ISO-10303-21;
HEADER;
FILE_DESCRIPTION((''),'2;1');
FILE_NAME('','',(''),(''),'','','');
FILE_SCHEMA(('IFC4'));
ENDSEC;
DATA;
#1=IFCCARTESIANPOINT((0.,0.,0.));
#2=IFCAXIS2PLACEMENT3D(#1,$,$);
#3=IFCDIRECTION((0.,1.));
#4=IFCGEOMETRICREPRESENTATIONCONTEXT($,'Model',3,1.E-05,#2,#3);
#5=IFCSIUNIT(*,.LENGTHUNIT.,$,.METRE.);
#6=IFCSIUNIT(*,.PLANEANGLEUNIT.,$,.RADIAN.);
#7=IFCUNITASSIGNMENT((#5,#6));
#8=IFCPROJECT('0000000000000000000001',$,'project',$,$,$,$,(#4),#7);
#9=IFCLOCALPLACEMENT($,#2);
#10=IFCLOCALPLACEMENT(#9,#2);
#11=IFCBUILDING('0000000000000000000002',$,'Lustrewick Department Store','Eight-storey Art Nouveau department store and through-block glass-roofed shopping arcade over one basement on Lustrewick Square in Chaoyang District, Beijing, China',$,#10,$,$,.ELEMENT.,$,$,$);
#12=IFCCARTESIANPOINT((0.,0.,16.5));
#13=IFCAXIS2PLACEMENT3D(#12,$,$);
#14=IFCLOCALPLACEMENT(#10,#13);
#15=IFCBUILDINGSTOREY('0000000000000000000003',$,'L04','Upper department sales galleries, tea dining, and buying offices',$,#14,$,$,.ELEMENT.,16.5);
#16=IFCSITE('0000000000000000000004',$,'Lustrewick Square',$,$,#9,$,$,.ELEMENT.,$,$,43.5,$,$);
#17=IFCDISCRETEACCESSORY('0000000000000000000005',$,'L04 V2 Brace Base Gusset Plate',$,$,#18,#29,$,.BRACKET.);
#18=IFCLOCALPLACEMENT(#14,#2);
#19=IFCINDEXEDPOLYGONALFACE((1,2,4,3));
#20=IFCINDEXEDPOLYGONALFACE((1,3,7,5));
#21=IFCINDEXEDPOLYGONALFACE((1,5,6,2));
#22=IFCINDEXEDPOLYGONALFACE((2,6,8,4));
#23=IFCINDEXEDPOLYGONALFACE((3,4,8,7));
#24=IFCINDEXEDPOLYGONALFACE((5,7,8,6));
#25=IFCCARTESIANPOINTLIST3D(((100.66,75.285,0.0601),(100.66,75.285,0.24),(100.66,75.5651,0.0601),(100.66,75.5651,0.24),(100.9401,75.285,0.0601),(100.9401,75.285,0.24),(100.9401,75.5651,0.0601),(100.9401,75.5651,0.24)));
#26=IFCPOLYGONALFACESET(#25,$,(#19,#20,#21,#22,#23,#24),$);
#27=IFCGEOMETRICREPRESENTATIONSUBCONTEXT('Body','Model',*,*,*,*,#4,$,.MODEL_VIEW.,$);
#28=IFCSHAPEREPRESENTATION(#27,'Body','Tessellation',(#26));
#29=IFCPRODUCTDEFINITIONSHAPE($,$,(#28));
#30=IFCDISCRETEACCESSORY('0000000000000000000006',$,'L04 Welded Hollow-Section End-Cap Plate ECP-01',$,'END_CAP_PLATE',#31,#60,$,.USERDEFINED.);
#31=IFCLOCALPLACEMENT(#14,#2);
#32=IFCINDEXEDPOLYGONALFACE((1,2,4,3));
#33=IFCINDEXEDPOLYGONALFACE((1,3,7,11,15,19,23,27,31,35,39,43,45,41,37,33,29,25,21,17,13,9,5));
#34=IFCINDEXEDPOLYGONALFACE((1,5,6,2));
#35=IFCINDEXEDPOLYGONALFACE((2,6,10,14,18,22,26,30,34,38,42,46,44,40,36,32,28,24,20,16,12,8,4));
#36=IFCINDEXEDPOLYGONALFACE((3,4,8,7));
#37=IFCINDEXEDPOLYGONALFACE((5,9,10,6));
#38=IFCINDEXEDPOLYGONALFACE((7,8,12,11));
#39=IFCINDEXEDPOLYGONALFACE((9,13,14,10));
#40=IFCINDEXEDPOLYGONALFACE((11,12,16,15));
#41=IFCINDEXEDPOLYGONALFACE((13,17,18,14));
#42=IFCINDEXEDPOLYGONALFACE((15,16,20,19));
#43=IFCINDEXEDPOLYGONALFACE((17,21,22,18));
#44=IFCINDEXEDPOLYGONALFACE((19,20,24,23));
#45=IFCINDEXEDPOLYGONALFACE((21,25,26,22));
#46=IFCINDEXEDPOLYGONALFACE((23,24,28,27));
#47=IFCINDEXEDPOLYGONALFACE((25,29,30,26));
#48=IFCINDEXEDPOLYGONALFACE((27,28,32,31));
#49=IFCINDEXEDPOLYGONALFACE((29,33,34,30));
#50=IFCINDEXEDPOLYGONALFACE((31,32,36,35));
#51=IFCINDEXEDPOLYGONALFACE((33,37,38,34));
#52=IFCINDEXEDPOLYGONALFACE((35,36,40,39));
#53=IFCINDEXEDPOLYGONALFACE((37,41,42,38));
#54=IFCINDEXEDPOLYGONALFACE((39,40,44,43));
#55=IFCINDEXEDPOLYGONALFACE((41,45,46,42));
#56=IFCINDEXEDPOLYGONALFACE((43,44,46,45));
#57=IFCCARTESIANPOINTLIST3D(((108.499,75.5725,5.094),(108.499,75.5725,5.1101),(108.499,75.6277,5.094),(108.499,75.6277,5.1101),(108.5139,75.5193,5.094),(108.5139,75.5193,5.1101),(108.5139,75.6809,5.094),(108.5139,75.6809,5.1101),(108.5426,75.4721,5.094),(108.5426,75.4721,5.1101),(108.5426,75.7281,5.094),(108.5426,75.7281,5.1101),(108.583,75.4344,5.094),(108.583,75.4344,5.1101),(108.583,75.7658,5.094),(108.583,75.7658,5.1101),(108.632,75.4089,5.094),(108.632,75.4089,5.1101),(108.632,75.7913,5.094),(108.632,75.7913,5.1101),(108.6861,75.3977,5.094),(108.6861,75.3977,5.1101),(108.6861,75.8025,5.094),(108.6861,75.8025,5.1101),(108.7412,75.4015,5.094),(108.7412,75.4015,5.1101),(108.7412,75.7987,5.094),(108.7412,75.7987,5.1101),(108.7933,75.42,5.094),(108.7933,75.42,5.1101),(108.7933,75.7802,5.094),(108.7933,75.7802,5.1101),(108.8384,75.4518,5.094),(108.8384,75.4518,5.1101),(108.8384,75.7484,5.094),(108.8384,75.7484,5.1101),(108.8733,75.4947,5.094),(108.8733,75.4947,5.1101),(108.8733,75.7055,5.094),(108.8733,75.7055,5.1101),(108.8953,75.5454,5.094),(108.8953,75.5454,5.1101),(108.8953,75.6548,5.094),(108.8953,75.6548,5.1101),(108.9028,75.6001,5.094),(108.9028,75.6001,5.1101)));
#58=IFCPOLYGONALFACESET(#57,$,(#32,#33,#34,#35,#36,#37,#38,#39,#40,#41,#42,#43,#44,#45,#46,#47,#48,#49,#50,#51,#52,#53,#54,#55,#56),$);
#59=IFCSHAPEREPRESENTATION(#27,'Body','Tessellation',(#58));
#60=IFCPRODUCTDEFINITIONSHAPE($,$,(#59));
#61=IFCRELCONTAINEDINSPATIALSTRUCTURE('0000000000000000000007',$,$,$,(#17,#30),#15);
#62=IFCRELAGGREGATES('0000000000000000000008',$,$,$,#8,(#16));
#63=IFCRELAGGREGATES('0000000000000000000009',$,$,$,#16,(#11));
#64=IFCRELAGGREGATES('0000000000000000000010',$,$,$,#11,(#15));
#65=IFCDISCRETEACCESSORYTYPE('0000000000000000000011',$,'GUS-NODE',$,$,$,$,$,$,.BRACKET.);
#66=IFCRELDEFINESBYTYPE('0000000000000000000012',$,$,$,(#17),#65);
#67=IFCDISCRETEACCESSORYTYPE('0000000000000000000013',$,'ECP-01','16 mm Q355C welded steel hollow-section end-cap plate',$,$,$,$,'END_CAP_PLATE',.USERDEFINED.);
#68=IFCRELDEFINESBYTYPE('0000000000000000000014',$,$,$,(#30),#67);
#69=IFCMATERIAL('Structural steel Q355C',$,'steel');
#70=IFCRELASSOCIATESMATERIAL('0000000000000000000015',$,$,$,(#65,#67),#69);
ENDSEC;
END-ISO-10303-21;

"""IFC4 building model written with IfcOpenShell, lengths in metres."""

from ifc_helpers import new_model, si_unit, direction, frame, origin, origin_2d, place, context, subcontext, project, spatial, rectangle, circle, extrude, material, type_object, element, save


model = new_model("IFC4")

# Units and contexts
model_context = context("Model", 3, precision=1e-05, world=origin(), true_north=direction((0.0, 1.0)))
body_context = subcontext(model_context, "Body", "Model", "MODEL_VIEW")
ifc_project = project(units=[si_unit("LENGTHUNIT", "METRE"), si_unit("PLANEANGLEUNIT", "RADIAN")], contexts=[model_context])

# Site, building, storey
site_placement = place(None, origin())
site = spatial("IfcSite", under=ifc_project, at=site_placement, Name="Lustrewick Square", CompositionType="ELEMENT", RefElevation=43.5)
building_placement = place(site_placement, origin())
building = spatial("IfcBuilding", under=site, at=building_placement, Name="Lustrewick Department Store", Description="Eight-storey Art Nouveau department store and through-block glass-roofed shopping arcade over one basement on Lustrewick Square in Chaoyang District, Beijing, China", CompositionType="ELEMENT")
storey_placement = place(building_placement, frame((0.0, 0.0, 16.5)))
storey = spatial("IfcBuildingStorey", under=building, at=storey_placement, Name="L04", Description="Upper department sales galleries, tea dining, and buying offices", CompositionType="ELEMENT", Elevation=16.5)

# Shared definitions
ifc_material_1 = material(Name="Structural steel Q355C", Category="steel")

# Discrete accessories
discrete_accessory_type_1 = type_object("IfcDiscreteAccessoryType", Name="GUS-NODE", PredefinedType="BRACKET", material=ifc_material_1)
discrete_accessory_1_placement = place(storey_placement, frame((100.8, 75.425, 0.0601), z_axis=(0.0, 0.0, 1.0), x_axis=(1.0, 0.0, 0.0)))
element("IfcDiscreteAccessory", 1, at=discrete_accessory_1_placement, inside=storey, type_object=discrete_accessory_type_1, Name="L04 V2 Brace Base Gusset Plate", PredefinedType="BRACKET", context=body_context, shape_type="SweptSolid", body=[
    extrude(rectangle(XDim=0.28, YDim=0.28, at=origin_2d()), origin(), (0.0, 0.0, 1.0), 0.1799),
])
discrete_accessory_type_2 = type_object("IfcDiscreteAccessoryType", Name="ECP-01", Description="16 mm Q355C welded steel hollow-section end-cap plate", ElementType="END_CAP_PLATE", PredefinedType="USERDEFINED", material=ifc_material_1)
discrete_accessory_2_placement = place(storey_placement, frame((108.7, 75.6001, 5.094), z_axis=(0.0, 0.0, 1.0), x_axis=(1.0, 0.0, 0.0)))
element("IfcDiscreteAccessory", 2, at=discrete_accessory_2_placement, inside=storey, type_object=discrete_accessory_type_2, Name="L04 Welded Hollow-Section End-Cap Plate ECP-01", ObjectType="END_CAP_PLATE", PredefinedType="USERDEFINED", context=body_context, shape_type="SweptSolid", body=[
    extrude(circle(Radius=0.2029, at=origin_2d()), origin(), (0.0, 0.0, 1.0), 0.0161),
])

save(model, "model.ifc")
